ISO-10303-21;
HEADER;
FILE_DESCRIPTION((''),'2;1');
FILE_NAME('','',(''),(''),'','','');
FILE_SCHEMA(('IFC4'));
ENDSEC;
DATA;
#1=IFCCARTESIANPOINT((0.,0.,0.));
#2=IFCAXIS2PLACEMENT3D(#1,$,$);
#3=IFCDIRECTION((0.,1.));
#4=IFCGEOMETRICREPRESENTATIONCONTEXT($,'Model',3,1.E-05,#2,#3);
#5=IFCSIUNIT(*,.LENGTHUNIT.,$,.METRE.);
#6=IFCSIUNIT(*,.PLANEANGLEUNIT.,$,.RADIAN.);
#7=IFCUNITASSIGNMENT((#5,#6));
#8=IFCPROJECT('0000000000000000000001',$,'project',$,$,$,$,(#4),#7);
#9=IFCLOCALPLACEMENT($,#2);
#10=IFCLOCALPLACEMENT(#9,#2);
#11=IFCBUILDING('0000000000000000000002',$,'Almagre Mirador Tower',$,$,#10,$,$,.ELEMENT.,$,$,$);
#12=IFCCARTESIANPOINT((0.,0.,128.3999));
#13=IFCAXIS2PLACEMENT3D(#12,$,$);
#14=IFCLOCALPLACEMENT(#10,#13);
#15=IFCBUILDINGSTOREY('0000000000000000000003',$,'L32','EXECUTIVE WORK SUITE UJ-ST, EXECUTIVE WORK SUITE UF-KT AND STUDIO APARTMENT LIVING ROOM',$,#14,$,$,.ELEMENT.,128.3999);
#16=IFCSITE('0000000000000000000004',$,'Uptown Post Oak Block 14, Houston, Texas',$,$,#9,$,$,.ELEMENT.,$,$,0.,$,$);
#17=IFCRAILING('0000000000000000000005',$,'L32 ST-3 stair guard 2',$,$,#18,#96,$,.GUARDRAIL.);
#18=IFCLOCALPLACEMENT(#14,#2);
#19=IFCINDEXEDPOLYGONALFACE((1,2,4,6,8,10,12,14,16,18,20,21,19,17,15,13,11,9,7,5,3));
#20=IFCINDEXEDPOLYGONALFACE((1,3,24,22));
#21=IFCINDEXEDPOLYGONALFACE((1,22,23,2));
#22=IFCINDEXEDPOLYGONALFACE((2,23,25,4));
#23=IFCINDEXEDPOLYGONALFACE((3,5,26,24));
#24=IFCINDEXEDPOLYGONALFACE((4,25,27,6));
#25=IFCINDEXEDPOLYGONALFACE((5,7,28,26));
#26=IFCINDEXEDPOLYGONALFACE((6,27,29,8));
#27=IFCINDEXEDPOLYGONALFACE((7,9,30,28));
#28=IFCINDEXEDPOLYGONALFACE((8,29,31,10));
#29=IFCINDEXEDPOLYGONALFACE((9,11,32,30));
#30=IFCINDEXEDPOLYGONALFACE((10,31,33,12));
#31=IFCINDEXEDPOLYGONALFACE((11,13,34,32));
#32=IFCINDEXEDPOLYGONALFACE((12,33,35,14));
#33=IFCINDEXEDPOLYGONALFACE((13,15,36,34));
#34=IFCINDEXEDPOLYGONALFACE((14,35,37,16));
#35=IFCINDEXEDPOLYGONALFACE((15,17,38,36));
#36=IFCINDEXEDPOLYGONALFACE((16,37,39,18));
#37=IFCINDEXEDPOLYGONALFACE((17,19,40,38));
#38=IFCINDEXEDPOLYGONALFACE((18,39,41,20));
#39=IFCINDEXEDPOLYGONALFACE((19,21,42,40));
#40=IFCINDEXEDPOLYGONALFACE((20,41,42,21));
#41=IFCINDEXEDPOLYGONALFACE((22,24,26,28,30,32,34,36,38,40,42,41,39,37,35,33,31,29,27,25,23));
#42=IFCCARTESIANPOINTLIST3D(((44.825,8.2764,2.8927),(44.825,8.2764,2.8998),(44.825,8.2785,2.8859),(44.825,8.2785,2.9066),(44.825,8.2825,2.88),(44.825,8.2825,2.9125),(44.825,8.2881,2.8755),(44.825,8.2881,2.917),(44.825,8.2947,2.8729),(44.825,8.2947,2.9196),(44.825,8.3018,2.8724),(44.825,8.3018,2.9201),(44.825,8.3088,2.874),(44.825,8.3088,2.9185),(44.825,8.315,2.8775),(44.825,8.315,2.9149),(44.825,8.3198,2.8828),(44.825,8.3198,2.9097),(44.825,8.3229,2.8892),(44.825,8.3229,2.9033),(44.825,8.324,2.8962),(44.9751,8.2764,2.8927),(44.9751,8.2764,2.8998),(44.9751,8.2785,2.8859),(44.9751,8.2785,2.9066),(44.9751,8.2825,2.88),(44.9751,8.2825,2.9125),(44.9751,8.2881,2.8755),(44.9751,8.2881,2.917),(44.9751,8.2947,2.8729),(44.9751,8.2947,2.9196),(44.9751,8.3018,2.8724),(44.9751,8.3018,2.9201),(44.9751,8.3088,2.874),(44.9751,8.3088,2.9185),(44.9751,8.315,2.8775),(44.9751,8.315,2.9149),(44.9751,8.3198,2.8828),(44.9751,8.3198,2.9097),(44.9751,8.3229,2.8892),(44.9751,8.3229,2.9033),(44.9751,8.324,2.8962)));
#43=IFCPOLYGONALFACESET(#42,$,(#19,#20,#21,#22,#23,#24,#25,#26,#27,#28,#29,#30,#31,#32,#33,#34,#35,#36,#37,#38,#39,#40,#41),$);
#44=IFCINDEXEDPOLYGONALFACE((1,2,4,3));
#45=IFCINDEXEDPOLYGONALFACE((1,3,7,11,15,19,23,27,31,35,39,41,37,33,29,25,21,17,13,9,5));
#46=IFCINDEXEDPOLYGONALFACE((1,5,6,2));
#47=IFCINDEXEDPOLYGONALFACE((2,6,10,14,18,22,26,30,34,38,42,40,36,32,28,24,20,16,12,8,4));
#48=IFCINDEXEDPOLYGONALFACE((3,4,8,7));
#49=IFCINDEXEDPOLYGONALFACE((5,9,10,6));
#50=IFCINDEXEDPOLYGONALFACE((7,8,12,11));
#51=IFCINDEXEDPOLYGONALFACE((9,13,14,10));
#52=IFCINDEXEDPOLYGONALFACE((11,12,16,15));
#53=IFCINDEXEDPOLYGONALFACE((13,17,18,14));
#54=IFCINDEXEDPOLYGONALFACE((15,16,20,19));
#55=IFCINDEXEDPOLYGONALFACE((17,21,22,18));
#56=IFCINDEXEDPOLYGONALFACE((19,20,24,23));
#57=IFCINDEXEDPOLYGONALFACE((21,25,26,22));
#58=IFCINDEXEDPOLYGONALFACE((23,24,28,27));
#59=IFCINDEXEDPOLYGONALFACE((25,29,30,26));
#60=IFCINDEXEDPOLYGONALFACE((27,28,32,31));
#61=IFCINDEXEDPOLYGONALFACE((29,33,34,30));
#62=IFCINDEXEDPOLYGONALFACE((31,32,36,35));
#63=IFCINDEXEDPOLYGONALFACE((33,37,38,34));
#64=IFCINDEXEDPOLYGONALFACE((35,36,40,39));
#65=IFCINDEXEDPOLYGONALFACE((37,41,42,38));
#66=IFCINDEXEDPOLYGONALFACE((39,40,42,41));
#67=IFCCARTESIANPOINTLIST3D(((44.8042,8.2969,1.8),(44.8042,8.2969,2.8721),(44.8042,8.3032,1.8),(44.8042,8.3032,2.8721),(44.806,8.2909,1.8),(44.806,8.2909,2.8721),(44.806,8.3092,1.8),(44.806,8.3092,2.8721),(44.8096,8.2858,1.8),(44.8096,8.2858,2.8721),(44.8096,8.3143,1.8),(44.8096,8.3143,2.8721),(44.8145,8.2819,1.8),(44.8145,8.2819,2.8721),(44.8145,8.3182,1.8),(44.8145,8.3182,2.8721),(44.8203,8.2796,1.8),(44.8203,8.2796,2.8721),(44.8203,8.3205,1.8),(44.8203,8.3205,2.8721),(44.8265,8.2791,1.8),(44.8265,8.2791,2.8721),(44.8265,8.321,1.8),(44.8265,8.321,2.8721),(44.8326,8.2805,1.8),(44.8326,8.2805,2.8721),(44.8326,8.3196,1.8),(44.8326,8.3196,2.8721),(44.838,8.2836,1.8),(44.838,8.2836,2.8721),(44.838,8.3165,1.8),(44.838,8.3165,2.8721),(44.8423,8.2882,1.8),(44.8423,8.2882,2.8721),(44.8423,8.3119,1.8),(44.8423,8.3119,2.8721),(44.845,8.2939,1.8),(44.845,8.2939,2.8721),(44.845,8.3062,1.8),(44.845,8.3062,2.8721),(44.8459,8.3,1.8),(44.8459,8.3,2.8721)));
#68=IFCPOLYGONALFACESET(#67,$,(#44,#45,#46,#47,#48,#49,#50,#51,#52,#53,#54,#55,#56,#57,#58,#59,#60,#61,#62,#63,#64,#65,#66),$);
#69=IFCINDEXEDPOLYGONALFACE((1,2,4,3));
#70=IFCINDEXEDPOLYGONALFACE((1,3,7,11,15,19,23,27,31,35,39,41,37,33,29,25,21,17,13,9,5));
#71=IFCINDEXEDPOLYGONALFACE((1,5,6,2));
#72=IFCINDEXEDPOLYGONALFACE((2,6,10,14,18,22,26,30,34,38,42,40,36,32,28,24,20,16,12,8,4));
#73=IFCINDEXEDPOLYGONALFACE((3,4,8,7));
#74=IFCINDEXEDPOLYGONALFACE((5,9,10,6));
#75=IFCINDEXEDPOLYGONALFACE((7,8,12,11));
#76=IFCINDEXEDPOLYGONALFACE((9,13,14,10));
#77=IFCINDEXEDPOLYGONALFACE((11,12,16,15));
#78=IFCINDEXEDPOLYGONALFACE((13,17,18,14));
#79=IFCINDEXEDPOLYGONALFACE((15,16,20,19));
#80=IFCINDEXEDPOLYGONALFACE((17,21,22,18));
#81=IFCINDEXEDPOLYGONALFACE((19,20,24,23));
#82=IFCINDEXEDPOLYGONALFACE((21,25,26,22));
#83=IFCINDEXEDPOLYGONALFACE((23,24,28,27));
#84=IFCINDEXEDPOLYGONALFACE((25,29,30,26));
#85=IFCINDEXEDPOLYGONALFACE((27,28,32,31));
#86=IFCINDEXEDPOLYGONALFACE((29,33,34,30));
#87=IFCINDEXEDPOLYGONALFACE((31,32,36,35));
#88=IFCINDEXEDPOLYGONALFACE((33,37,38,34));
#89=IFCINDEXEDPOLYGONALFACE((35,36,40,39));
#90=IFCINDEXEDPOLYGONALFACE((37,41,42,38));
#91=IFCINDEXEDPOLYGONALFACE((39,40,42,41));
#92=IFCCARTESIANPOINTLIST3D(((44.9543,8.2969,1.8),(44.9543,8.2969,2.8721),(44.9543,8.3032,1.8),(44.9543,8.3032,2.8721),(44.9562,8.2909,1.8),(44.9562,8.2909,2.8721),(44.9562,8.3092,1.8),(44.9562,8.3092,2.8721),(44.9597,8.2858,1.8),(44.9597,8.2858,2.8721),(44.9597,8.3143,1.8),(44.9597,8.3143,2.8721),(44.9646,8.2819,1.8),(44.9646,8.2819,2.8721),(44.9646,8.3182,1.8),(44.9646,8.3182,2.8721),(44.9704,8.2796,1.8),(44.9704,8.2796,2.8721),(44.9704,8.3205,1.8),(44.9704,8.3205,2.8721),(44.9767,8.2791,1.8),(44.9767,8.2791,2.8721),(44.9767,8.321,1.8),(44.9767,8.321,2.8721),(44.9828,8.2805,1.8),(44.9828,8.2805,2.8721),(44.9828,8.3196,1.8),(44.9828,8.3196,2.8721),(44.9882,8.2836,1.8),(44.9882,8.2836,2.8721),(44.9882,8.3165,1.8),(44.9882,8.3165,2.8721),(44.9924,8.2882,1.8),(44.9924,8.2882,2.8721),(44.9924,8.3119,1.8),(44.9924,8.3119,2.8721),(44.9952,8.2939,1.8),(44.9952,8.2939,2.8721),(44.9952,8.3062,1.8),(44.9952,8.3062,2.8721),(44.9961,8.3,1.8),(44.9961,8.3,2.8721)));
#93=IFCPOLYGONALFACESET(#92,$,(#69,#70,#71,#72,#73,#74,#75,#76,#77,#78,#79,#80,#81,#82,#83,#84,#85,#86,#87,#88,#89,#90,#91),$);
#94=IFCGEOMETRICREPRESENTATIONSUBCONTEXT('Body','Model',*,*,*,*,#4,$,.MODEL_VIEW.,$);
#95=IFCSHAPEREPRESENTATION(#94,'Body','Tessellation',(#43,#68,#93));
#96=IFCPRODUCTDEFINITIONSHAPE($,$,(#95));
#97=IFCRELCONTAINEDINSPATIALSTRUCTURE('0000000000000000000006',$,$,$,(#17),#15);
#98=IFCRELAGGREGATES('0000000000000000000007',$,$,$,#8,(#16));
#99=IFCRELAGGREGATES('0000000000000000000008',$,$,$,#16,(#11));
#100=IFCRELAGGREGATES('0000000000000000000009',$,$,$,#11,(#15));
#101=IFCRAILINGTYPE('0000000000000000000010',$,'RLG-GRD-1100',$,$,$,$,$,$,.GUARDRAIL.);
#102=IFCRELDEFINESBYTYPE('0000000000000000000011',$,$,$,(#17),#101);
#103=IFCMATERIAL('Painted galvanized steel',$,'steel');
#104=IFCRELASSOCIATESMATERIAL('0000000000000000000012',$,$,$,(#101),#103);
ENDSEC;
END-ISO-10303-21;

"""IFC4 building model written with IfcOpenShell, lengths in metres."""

from ifc_helpers import new_model, si_unit, direction, frame, origin, origin_2d, place, context, subcontext, project, spatial, circle, extrude, material, type_object, element, save


model = new_model("IFC4")

# Units and contexts
model_context = context("Model", 3, precision=1e-05, world=origin(), true_north=direction((0.0, 1.0)))
body_context = subcontext(model_context, "Body", "Model", "MODEL_VIEW")
ifc_project = project(units=[si_unit("LENGTHUNIT", "METRE"), si_unit("PLANEANGLEUNIT", "RADIAN")], contexts=[model_context])

# Site, building, storey
site_placement = place(None, origin())
site = spatial("IfcSite", under=ifc_project, at=site_placement, Name="Uptown Post Oak Block 14, Houston, Texas", CompositionType="ELEMENT", RefElevation=0.0)
building_placement = place(site_placement, origin())
building = spatial("IfcBuilding", under=site, at=building_placement, Name="Almagre Mirador Tower", CompositionType="ELEMENT")
storey_placement = place(building_placement, frame((0.0, 0.0, 128.3999)))
storey = spatial("IfcBuildingStorey", under=building, at=storey_placement, Name="L32", Description="EXECUTIVE WORK SUITE UJ-ST, EXECUTIVE WORK SUITE UF-KT AND STUDIO APARTMENT LIVING ROOM", CompositionType="ELEMENT", Elevation=128.3999)

# Railing
ifc_material_1 = material(Name="Painted galvanized steel", Category="steel")
railing_type_1 = type_object("IfcRailingType", Name="RLG-GRD-1100", PredefinedType="GUARDRAIL", material=ifc_material_1)
railing_1_placement = place(storey_placement, frame((44.825, 8.3, 1.8)))
element("IfcRailing", 1, at=railing_1_placement, inside=storey, type_object=railing_type_1, Name="L32 ST-3 stair guard 2", PredefinedType="GUARDRAIL", context=body_context, shape_type="SweptSolid", body=[
    extrude(circle(Radius=0.0239, at=origin_2d()), frame((0.0, 0.0, 1.0962), z_axis=(1.0, 0.0, 0.0), x_axis=(0.0, 1.0, 0.0)), (0.0, 0.0, 1.0), 0.1501),
    extrude(circle(Radius=0.021, at=origin_2d()), origin(), (0.0, 0.0, 1.0), 1.072),
    extrude(circle(Radius=0.021, at=origin_2d()), frame((0.1501, 0.0, 0.0)), (0.0, 0.0, 1.0), 1.072),
])

save(model, "model.ifc")
